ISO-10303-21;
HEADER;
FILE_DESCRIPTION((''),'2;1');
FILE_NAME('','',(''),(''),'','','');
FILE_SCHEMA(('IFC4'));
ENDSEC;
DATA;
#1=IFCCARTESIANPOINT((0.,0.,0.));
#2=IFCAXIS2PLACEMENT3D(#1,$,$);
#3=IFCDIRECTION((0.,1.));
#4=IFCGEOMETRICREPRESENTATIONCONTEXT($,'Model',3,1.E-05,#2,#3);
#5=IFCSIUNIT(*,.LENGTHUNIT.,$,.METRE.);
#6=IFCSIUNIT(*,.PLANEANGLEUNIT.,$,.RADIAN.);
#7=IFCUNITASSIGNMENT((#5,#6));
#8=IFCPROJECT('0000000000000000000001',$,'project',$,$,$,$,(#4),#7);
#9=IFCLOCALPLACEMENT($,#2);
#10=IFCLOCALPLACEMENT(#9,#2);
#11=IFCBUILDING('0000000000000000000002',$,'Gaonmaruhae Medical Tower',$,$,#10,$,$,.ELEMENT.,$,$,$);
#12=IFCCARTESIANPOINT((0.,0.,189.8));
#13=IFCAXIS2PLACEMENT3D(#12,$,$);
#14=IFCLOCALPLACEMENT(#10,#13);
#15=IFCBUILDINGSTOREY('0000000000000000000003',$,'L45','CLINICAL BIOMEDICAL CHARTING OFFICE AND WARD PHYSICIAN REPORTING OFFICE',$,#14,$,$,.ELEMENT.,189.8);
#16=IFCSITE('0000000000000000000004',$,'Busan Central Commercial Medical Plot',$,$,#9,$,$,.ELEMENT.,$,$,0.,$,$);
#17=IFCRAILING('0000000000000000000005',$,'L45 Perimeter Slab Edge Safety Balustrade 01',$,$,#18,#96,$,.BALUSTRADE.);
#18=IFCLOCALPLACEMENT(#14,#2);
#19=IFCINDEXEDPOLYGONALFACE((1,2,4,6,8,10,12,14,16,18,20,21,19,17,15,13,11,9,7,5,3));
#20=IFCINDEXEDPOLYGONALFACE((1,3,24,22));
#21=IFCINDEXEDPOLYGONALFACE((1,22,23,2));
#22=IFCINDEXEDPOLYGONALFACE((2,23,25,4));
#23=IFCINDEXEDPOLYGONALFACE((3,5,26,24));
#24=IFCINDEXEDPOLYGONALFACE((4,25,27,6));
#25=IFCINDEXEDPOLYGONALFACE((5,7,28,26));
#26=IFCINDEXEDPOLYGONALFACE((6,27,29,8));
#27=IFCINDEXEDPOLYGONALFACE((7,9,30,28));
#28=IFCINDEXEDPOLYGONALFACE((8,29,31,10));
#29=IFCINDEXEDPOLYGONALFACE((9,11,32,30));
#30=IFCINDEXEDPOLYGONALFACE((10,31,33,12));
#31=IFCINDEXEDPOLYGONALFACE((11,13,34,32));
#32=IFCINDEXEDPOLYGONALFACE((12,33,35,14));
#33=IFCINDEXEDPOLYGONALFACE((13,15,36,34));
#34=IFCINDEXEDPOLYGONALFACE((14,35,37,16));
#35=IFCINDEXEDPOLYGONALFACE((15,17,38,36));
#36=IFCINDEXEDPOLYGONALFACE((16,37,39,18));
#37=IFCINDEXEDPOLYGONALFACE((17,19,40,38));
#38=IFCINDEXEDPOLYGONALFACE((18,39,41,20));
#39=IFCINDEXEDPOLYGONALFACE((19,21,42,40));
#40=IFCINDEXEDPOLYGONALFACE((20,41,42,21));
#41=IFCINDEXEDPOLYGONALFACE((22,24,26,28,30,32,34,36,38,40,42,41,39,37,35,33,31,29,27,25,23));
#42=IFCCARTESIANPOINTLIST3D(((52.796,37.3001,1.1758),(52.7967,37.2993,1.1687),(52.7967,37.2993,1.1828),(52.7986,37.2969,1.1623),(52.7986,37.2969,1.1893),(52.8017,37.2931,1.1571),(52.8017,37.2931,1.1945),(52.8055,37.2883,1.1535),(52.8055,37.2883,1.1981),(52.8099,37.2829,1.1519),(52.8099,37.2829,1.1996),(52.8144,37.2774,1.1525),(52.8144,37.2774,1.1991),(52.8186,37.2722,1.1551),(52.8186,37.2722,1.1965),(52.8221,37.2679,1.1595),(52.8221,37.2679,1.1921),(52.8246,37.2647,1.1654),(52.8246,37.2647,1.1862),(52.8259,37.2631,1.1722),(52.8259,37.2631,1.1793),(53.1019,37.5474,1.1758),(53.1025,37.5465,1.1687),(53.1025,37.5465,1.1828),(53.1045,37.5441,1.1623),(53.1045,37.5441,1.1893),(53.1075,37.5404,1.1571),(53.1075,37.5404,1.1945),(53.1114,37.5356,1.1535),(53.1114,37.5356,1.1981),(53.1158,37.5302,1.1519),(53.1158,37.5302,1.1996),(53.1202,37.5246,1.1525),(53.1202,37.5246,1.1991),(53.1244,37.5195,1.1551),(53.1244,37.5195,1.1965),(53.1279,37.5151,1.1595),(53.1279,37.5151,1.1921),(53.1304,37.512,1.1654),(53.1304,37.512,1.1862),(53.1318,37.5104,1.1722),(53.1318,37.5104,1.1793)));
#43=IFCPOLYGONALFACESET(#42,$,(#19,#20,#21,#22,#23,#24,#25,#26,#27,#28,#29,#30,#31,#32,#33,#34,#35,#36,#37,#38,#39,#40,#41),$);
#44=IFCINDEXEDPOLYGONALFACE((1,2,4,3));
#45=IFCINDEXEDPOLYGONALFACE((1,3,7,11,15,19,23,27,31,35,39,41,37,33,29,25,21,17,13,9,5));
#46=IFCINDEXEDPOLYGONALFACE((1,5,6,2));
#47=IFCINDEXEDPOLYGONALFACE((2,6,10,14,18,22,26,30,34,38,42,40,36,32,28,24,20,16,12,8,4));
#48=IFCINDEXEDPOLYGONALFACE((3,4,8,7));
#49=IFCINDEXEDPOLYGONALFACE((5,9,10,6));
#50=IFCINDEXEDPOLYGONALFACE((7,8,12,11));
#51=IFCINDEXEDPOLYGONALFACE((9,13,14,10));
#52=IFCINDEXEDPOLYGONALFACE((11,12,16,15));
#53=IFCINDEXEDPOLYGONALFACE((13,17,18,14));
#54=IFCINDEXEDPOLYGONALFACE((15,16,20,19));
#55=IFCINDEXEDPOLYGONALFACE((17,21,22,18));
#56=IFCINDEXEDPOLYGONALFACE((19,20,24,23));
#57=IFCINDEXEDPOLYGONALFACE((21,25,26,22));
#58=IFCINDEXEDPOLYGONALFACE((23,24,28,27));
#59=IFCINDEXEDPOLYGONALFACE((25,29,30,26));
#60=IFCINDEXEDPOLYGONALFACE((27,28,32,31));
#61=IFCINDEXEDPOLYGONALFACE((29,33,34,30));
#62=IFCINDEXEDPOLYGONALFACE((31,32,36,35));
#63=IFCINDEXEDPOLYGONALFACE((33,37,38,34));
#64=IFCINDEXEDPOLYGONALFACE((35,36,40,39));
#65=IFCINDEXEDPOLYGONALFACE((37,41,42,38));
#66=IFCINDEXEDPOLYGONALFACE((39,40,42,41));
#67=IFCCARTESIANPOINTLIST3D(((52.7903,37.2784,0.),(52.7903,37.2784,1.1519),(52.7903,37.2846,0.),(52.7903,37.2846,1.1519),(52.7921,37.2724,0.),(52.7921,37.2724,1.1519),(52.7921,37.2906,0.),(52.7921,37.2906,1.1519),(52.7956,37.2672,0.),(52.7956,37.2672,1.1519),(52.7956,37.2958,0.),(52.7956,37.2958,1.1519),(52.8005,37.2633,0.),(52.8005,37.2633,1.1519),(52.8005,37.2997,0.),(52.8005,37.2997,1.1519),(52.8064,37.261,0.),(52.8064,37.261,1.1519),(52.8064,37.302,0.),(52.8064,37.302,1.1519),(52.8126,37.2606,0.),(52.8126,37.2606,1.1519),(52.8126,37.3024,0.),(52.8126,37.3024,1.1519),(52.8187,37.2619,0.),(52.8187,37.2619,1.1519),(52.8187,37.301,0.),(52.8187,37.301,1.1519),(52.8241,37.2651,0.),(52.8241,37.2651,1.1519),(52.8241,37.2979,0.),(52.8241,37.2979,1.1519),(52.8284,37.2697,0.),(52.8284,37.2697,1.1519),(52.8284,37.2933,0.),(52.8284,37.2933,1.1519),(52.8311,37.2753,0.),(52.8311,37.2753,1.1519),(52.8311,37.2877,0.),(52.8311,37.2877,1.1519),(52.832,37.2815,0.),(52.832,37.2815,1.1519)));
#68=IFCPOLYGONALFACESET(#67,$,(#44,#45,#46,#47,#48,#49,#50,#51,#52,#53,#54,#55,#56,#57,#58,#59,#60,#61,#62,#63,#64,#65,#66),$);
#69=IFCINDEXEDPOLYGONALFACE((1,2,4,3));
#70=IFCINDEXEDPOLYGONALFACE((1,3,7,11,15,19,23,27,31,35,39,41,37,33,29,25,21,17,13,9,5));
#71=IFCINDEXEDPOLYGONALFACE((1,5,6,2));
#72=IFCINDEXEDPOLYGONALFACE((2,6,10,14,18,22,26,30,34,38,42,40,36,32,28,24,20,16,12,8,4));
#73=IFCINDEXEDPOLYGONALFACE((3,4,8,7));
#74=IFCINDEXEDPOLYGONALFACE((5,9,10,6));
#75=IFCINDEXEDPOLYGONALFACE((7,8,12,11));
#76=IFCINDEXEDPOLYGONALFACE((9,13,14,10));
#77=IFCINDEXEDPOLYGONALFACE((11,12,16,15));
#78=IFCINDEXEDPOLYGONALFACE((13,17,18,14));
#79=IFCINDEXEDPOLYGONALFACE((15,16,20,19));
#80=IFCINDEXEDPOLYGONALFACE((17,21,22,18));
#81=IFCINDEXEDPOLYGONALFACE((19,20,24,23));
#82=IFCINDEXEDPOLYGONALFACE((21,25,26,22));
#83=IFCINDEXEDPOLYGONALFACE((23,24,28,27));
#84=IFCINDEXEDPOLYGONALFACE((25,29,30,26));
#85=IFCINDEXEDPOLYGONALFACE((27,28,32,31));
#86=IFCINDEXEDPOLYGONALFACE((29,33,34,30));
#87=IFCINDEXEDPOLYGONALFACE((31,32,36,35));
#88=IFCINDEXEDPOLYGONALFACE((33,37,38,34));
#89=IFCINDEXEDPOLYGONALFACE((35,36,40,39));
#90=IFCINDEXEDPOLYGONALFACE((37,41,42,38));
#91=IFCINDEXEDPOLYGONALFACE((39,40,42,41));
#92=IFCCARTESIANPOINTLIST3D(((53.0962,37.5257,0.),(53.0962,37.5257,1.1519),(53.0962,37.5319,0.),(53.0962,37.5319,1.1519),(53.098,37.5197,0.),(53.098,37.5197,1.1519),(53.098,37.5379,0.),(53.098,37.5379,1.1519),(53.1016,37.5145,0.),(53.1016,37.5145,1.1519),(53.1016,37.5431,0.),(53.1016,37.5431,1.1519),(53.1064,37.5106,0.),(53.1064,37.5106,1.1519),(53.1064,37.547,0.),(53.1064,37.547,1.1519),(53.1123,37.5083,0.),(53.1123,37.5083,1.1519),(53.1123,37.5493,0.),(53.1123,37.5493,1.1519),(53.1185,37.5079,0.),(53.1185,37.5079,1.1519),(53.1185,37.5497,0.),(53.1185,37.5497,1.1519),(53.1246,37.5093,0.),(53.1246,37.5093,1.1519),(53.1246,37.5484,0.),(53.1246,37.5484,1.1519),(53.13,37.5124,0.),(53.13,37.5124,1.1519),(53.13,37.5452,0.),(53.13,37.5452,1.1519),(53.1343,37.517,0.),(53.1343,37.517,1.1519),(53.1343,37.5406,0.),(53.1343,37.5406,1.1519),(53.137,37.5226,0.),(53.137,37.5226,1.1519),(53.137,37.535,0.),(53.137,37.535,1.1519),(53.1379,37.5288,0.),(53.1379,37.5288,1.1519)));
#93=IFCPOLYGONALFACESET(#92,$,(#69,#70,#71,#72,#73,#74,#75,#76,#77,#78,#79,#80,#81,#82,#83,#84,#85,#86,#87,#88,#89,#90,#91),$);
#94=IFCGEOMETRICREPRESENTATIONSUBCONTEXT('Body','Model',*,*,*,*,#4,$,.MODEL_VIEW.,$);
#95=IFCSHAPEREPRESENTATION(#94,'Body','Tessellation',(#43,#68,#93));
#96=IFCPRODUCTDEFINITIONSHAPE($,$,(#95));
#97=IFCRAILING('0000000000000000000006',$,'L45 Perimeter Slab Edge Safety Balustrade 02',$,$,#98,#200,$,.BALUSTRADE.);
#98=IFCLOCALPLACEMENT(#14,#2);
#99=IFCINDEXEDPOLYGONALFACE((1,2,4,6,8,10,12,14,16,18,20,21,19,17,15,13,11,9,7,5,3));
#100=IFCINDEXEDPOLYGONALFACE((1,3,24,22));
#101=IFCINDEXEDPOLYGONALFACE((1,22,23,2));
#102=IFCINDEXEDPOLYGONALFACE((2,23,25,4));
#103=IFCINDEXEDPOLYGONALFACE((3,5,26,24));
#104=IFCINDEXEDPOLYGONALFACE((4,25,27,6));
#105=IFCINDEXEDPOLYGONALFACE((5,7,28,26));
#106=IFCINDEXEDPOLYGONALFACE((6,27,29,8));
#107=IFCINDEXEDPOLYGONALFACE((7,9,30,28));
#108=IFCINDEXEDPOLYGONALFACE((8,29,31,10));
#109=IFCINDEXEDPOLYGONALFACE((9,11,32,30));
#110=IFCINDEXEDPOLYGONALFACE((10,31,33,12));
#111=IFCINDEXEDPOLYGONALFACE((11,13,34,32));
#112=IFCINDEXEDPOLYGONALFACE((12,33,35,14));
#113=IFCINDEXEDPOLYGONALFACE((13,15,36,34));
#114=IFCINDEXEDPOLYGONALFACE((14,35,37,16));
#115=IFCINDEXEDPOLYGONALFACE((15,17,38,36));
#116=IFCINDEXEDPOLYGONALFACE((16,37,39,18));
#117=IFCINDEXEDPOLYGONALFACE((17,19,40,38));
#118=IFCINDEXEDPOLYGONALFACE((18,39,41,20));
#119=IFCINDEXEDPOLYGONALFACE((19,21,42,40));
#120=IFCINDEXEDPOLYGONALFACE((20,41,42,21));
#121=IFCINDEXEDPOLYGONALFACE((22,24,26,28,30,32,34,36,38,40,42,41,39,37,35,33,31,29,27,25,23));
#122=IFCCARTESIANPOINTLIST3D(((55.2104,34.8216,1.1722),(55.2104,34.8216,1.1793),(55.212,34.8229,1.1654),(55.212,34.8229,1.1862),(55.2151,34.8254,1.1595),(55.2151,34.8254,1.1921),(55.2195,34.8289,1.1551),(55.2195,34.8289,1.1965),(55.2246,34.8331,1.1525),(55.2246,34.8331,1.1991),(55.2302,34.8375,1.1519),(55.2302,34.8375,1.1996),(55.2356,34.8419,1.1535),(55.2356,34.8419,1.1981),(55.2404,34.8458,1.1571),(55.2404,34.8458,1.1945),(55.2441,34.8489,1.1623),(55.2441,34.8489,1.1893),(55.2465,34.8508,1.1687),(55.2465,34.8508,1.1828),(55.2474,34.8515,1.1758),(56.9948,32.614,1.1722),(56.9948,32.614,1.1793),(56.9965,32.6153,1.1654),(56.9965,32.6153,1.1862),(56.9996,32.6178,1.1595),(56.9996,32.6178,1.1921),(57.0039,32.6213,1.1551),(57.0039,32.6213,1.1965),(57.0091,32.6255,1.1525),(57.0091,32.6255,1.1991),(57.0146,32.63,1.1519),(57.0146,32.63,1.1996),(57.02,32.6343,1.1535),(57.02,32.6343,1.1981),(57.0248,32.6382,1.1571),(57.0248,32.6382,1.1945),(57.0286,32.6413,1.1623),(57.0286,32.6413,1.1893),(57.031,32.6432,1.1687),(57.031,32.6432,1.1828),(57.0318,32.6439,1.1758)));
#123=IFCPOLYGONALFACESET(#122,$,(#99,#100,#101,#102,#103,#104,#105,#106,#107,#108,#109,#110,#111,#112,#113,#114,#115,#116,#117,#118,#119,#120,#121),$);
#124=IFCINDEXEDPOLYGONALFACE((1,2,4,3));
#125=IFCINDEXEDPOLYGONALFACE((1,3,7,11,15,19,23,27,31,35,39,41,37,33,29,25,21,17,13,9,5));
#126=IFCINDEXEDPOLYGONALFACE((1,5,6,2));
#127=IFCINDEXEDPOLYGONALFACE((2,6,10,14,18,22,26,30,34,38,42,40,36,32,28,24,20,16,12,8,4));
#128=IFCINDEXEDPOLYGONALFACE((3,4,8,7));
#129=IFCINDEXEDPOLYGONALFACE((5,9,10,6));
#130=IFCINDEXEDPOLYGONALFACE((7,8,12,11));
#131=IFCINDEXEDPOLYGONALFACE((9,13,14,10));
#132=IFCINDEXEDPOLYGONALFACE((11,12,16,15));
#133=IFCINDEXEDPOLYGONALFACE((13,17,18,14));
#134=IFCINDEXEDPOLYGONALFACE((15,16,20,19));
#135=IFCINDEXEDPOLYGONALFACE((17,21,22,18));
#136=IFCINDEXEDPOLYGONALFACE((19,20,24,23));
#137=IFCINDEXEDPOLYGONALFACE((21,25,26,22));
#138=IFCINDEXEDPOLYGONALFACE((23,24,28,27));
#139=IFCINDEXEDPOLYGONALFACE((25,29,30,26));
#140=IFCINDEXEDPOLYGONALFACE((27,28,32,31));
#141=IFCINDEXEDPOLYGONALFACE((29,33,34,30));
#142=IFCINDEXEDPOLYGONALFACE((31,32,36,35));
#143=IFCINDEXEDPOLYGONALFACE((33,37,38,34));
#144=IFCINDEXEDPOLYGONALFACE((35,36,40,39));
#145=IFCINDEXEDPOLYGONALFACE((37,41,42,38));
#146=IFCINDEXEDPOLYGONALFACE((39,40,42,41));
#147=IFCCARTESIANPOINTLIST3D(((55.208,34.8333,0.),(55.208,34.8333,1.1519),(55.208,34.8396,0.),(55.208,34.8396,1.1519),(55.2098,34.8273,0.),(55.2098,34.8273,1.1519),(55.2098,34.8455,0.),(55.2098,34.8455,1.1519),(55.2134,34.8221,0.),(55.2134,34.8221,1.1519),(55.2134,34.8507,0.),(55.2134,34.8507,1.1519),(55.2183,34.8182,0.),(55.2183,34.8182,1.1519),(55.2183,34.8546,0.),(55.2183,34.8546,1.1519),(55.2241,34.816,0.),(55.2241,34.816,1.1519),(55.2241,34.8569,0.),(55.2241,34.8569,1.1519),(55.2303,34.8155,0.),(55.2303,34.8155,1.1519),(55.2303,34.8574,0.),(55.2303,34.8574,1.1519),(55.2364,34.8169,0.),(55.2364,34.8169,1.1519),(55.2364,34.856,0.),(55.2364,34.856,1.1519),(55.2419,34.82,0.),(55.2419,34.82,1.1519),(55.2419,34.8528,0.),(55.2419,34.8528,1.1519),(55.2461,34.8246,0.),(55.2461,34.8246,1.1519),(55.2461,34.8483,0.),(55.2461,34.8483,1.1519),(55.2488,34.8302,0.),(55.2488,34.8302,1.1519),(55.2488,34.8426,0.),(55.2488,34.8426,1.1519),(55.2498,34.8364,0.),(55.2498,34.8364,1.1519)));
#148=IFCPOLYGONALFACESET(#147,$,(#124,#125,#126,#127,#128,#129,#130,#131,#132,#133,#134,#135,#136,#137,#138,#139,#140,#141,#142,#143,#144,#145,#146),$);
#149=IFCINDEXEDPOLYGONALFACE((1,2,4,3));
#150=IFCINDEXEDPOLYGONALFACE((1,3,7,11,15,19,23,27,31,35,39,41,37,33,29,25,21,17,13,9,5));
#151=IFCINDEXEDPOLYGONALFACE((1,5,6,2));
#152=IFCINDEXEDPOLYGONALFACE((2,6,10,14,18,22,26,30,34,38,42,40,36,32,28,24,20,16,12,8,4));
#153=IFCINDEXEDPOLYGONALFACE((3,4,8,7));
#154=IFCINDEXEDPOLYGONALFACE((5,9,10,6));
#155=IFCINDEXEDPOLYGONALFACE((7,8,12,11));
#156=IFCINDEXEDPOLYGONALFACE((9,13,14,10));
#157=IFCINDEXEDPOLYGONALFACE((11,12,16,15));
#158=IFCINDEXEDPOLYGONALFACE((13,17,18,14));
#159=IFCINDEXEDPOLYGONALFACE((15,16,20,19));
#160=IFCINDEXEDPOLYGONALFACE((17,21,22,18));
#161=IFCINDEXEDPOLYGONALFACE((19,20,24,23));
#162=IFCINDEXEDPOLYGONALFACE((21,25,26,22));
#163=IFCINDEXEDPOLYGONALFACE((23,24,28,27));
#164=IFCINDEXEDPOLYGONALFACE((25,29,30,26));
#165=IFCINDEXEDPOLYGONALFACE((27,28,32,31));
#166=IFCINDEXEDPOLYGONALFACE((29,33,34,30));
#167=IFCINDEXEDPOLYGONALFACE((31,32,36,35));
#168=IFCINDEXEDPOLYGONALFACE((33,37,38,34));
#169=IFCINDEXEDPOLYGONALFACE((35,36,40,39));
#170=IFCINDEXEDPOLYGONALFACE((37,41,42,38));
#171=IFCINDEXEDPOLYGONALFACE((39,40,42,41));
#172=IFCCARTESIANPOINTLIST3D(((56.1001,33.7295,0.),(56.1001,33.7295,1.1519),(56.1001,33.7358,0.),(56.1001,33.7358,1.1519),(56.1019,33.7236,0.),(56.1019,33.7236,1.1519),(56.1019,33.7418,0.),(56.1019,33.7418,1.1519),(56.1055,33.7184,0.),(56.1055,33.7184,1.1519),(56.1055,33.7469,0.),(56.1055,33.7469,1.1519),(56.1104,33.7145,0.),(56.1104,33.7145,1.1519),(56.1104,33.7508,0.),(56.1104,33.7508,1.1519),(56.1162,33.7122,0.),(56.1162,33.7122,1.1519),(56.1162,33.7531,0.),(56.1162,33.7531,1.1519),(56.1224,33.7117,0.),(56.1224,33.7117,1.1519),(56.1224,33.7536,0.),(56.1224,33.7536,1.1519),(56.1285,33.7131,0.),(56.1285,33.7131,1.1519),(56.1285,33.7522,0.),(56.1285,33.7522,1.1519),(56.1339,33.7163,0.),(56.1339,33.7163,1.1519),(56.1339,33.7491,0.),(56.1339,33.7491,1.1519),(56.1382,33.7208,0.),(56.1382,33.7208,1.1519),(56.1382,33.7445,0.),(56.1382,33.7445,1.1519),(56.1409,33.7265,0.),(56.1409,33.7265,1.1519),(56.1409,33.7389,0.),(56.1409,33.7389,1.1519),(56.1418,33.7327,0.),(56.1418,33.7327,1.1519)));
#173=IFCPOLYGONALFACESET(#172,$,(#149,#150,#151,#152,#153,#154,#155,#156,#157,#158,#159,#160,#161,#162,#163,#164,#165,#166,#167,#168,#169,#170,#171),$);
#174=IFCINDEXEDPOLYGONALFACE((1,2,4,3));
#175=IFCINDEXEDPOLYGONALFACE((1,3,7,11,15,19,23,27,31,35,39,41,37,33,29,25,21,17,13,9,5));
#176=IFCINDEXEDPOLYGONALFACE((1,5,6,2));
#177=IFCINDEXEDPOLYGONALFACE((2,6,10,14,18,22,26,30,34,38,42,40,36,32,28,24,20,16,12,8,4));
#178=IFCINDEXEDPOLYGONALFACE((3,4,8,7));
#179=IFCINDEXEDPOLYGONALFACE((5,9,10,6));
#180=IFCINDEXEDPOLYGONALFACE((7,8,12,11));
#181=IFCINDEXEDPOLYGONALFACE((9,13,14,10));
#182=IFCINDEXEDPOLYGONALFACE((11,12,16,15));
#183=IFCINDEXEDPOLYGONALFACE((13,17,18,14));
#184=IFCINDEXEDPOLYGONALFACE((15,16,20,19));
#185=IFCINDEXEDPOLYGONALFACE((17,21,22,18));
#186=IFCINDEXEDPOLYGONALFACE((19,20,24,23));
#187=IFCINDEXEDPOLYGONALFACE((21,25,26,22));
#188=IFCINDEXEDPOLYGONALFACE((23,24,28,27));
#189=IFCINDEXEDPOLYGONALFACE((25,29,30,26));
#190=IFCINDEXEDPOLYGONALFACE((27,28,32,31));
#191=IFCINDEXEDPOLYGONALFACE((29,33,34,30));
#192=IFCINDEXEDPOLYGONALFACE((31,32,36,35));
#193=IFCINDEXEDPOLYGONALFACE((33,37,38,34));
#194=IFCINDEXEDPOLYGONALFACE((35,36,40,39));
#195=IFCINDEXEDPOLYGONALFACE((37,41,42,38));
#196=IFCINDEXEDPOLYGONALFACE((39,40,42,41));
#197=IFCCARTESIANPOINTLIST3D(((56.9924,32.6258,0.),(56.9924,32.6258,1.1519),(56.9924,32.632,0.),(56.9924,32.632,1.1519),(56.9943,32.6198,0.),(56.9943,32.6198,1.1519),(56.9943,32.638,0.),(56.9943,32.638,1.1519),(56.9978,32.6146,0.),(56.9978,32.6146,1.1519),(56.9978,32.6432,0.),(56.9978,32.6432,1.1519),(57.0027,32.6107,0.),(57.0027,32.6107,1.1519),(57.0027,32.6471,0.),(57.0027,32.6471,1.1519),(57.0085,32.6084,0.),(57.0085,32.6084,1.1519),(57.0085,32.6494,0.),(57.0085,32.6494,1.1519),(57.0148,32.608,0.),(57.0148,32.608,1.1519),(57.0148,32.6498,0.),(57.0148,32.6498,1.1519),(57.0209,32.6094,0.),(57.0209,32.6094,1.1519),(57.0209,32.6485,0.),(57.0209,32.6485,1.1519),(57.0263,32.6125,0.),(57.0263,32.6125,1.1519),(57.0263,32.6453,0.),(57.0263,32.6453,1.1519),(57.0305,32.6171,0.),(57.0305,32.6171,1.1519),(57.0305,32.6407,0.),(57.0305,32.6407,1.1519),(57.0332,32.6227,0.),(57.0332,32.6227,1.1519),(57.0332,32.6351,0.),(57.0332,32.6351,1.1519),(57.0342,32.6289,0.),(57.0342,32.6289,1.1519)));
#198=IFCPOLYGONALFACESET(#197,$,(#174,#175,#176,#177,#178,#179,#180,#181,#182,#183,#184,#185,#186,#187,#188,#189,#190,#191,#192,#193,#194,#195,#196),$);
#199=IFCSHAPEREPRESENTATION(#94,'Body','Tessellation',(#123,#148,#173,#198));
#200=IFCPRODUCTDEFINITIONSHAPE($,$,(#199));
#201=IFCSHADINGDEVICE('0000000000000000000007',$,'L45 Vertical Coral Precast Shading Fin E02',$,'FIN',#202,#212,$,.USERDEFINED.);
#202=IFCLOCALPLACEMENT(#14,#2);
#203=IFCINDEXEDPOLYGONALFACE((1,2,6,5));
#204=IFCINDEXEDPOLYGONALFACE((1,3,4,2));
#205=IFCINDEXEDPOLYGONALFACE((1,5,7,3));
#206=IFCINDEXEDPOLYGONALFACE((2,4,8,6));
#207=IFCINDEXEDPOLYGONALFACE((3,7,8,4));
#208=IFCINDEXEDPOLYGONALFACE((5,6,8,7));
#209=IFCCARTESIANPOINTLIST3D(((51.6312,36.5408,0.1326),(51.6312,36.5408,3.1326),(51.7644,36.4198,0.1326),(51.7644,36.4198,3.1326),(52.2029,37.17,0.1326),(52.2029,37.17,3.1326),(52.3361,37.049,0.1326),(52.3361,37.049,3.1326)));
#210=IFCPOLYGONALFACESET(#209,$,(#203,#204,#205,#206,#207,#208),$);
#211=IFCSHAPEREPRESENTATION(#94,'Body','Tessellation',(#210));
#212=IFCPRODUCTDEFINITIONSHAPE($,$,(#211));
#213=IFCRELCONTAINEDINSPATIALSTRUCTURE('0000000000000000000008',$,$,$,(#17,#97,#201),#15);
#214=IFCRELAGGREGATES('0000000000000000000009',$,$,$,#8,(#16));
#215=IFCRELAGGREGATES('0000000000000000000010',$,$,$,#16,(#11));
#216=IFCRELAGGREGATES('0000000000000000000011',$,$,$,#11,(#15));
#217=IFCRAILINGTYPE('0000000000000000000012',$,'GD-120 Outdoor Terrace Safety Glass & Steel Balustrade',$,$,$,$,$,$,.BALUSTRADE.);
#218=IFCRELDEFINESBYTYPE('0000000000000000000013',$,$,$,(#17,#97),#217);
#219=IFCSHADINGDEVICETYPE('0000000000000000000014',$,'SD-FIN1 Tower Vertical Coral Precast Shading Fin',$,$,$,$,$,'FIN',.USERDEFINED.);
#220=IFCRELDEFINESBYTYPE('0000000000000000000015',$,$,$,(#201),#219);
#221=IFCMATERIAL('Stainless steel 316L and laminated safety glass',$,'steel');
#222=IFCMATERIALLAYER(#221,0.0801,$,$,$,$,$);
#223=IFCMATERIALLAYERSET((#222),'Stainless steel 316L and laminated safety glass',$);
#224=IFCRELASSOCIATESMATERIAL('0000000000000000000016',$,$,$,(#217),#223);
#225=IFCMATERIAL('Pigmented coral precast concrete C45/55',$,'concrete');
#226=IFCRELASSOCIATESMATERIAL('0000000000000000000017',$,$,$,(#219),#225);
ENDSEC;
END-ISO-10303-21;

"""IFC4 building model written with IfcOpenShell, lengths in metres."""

from ifc_helpers import new_model, si_unit, direction, frame, origin, origin_2d, place, context, subcontext, project, spatial, rectangle, circle, extrude, material, layer, layer_set, type_object, element, save


model = new_model("IFC4")

# Units and contexts
model_context = context("Model", 3, precision=1e-05, world=origin(), true_north=direction((0.0, 1.0)))
body_context = subcontext(model_context, "Body", "Model", "MODEL_VIEW")
ifc_project = project(units=[si_unit("LENGTHUNIT", "METRE"), si_unit("PLANEANGLEUNIT", "RADIAN")], contexts=[model_context])

# Site, building, storey
site_placement = place(None, origin())
site = spatial("IfcSite", under=ifc_project, at=site_placement, Name="Busan Central Commercial Medical Plot", CompositionType="ELEMENT", RefElevation=0.0)
building_placement = place(site_placement, origin())
building = spatial("IfcBuilding", under=site, at=building_placement, Name="Gaonmaruhae Medical Tower", CompositionType="ELEMENT")
storey_placement = place(building_placement, frame((0.0, 0.0, 189.8)))
storey = spatial("IfcBuildingStorey", under=building, at=storey_placement, Name="L45", Description="CLINICAL BIOMEDICAL CHARTING OFFICE AND WARD PHYSICIAN REPORTING OFFICE", CompositionType="ELEMENT", Elevation=189.8)

# Railings
ifc_material_1 = material(Name="Stainless steel 316L and laminated safety glass", Category="steel")
ifc_layer_1 = layer(ifc_material_1, 0.0801)
ifc_layer_set_1 = layer_set([ifc_layer_1], Name="Stainless steel 316L and laminated safety glass")
railing_type = type_object("IfcRailingType", Name="GD-120 Outdoor Terrace Safety Glass & Steel Balustrade", PredefinedType="BALUSTRADE", material=ifc_layer_set_1)
railing_1_placement = place(storey_placement, frame((52.811, 37.2815, 0.0)))
element("IfcRailing", 1, at=railing_1_placement, inside=storey, type_object=railing_type, Name="L45 Perimeter Slab Edge Safety Balustrade 01", PredefinedType="BALUSTRADE", context=body_context, shape_type="SweptSolid", body=[
    extrude(circle(Radius=0.0239, at=origin_2d()), frame((0.0, 0.0, 1.1758), z_axis=(0.777649, 0.628698, 0.0), x_axis=(-0.628698, 0.777649, 0.0)), (0.0, 0.0, 1.0), 0.3933),
    extrude(circle(Radius=0.021, at=origin_2d()), origin(), (0.0, 0.0, 1.0), 1.1519),
    extrude(circle(Radius=0.021, at=origin_2d()), frame((0.3059, 0.2473, 0.0)), (0.0, 0.0, 1.0), 1.1519),
])
railing_2_placement = place(storey_placement, frame((55.2288, 34.8364, 0.0)))
element("IfcRailing", 2, at=railing_2_placement, inside=storey, type_object=railing_type, Name="L45 Perimeter Slab Edge Safety Balustrade 02", PredefinedType="BALUSTRADE", context=body_context, shape_type="SweptSolid", body=[
    extrude(circle(Radius=0.0239, at=origin_2d()), frame((0.0, 0.0, 1.1758), z_axis=(0.628641, -0.777695, 0.0), x_axis=(0.777695, 0.628641, 0.0)), (0.0, 0.0, 1.0), 2.8386),
    extrude(circle(Radius=0.021, at=origin_2d()), origin(), (0.0, 0.0, 1.0), 1.1519),
    extrude(circle(Radius=0.021, at=origin_2d()), frame((0.8921, -1.1038, 0.0)), (0.0, 0.0, 1.0), 1.1519),
    extrude(circle(Radius=0.021, at=origin_2d()), frame((1.7844, -2.2075, 0.0)), (0.0, 0.0, 1.0), 1.1519),
])

# Shading device
ifc_material_2 = material(Name="Pigmented coral precast concrete C45/55", Category="concrete")
shading_device_type = type_object("IfcShadingDeviceType", Name="SD-FIN1 Tower Vertical Coral Precast Shading Fin", ElementType="FIN", PredefinedType="USERDEFINED", material=ifc_material_2)
for number, where, z_axis, x_axis, name in (
    (3, (51.9836, 36.7949, 0.1326), (0.0, 0.0, 1.0), (0.740101, -0.672496, 0.0), "L45 Vertical Coral Precast Shading Fin E02"),
):
    element("IfcShadingDevice", number, at=place(storey_placement, frame(where, z_axis=z_axis, x_axis=x_axis)), inside=storey, type_object=shading_device_type, Name=name, ObjectType="FIN", PredefinedType="USERDEFINED", context=body_context, shape_type="SweptSolid", body=[
        extrude(rectangle(XDim=0.1799, YDim=0.8501, at=origin_2d()), origin(), (0.0, 0.0, 1.0), 3.0),
    ])

save(model, "model.ifc")
